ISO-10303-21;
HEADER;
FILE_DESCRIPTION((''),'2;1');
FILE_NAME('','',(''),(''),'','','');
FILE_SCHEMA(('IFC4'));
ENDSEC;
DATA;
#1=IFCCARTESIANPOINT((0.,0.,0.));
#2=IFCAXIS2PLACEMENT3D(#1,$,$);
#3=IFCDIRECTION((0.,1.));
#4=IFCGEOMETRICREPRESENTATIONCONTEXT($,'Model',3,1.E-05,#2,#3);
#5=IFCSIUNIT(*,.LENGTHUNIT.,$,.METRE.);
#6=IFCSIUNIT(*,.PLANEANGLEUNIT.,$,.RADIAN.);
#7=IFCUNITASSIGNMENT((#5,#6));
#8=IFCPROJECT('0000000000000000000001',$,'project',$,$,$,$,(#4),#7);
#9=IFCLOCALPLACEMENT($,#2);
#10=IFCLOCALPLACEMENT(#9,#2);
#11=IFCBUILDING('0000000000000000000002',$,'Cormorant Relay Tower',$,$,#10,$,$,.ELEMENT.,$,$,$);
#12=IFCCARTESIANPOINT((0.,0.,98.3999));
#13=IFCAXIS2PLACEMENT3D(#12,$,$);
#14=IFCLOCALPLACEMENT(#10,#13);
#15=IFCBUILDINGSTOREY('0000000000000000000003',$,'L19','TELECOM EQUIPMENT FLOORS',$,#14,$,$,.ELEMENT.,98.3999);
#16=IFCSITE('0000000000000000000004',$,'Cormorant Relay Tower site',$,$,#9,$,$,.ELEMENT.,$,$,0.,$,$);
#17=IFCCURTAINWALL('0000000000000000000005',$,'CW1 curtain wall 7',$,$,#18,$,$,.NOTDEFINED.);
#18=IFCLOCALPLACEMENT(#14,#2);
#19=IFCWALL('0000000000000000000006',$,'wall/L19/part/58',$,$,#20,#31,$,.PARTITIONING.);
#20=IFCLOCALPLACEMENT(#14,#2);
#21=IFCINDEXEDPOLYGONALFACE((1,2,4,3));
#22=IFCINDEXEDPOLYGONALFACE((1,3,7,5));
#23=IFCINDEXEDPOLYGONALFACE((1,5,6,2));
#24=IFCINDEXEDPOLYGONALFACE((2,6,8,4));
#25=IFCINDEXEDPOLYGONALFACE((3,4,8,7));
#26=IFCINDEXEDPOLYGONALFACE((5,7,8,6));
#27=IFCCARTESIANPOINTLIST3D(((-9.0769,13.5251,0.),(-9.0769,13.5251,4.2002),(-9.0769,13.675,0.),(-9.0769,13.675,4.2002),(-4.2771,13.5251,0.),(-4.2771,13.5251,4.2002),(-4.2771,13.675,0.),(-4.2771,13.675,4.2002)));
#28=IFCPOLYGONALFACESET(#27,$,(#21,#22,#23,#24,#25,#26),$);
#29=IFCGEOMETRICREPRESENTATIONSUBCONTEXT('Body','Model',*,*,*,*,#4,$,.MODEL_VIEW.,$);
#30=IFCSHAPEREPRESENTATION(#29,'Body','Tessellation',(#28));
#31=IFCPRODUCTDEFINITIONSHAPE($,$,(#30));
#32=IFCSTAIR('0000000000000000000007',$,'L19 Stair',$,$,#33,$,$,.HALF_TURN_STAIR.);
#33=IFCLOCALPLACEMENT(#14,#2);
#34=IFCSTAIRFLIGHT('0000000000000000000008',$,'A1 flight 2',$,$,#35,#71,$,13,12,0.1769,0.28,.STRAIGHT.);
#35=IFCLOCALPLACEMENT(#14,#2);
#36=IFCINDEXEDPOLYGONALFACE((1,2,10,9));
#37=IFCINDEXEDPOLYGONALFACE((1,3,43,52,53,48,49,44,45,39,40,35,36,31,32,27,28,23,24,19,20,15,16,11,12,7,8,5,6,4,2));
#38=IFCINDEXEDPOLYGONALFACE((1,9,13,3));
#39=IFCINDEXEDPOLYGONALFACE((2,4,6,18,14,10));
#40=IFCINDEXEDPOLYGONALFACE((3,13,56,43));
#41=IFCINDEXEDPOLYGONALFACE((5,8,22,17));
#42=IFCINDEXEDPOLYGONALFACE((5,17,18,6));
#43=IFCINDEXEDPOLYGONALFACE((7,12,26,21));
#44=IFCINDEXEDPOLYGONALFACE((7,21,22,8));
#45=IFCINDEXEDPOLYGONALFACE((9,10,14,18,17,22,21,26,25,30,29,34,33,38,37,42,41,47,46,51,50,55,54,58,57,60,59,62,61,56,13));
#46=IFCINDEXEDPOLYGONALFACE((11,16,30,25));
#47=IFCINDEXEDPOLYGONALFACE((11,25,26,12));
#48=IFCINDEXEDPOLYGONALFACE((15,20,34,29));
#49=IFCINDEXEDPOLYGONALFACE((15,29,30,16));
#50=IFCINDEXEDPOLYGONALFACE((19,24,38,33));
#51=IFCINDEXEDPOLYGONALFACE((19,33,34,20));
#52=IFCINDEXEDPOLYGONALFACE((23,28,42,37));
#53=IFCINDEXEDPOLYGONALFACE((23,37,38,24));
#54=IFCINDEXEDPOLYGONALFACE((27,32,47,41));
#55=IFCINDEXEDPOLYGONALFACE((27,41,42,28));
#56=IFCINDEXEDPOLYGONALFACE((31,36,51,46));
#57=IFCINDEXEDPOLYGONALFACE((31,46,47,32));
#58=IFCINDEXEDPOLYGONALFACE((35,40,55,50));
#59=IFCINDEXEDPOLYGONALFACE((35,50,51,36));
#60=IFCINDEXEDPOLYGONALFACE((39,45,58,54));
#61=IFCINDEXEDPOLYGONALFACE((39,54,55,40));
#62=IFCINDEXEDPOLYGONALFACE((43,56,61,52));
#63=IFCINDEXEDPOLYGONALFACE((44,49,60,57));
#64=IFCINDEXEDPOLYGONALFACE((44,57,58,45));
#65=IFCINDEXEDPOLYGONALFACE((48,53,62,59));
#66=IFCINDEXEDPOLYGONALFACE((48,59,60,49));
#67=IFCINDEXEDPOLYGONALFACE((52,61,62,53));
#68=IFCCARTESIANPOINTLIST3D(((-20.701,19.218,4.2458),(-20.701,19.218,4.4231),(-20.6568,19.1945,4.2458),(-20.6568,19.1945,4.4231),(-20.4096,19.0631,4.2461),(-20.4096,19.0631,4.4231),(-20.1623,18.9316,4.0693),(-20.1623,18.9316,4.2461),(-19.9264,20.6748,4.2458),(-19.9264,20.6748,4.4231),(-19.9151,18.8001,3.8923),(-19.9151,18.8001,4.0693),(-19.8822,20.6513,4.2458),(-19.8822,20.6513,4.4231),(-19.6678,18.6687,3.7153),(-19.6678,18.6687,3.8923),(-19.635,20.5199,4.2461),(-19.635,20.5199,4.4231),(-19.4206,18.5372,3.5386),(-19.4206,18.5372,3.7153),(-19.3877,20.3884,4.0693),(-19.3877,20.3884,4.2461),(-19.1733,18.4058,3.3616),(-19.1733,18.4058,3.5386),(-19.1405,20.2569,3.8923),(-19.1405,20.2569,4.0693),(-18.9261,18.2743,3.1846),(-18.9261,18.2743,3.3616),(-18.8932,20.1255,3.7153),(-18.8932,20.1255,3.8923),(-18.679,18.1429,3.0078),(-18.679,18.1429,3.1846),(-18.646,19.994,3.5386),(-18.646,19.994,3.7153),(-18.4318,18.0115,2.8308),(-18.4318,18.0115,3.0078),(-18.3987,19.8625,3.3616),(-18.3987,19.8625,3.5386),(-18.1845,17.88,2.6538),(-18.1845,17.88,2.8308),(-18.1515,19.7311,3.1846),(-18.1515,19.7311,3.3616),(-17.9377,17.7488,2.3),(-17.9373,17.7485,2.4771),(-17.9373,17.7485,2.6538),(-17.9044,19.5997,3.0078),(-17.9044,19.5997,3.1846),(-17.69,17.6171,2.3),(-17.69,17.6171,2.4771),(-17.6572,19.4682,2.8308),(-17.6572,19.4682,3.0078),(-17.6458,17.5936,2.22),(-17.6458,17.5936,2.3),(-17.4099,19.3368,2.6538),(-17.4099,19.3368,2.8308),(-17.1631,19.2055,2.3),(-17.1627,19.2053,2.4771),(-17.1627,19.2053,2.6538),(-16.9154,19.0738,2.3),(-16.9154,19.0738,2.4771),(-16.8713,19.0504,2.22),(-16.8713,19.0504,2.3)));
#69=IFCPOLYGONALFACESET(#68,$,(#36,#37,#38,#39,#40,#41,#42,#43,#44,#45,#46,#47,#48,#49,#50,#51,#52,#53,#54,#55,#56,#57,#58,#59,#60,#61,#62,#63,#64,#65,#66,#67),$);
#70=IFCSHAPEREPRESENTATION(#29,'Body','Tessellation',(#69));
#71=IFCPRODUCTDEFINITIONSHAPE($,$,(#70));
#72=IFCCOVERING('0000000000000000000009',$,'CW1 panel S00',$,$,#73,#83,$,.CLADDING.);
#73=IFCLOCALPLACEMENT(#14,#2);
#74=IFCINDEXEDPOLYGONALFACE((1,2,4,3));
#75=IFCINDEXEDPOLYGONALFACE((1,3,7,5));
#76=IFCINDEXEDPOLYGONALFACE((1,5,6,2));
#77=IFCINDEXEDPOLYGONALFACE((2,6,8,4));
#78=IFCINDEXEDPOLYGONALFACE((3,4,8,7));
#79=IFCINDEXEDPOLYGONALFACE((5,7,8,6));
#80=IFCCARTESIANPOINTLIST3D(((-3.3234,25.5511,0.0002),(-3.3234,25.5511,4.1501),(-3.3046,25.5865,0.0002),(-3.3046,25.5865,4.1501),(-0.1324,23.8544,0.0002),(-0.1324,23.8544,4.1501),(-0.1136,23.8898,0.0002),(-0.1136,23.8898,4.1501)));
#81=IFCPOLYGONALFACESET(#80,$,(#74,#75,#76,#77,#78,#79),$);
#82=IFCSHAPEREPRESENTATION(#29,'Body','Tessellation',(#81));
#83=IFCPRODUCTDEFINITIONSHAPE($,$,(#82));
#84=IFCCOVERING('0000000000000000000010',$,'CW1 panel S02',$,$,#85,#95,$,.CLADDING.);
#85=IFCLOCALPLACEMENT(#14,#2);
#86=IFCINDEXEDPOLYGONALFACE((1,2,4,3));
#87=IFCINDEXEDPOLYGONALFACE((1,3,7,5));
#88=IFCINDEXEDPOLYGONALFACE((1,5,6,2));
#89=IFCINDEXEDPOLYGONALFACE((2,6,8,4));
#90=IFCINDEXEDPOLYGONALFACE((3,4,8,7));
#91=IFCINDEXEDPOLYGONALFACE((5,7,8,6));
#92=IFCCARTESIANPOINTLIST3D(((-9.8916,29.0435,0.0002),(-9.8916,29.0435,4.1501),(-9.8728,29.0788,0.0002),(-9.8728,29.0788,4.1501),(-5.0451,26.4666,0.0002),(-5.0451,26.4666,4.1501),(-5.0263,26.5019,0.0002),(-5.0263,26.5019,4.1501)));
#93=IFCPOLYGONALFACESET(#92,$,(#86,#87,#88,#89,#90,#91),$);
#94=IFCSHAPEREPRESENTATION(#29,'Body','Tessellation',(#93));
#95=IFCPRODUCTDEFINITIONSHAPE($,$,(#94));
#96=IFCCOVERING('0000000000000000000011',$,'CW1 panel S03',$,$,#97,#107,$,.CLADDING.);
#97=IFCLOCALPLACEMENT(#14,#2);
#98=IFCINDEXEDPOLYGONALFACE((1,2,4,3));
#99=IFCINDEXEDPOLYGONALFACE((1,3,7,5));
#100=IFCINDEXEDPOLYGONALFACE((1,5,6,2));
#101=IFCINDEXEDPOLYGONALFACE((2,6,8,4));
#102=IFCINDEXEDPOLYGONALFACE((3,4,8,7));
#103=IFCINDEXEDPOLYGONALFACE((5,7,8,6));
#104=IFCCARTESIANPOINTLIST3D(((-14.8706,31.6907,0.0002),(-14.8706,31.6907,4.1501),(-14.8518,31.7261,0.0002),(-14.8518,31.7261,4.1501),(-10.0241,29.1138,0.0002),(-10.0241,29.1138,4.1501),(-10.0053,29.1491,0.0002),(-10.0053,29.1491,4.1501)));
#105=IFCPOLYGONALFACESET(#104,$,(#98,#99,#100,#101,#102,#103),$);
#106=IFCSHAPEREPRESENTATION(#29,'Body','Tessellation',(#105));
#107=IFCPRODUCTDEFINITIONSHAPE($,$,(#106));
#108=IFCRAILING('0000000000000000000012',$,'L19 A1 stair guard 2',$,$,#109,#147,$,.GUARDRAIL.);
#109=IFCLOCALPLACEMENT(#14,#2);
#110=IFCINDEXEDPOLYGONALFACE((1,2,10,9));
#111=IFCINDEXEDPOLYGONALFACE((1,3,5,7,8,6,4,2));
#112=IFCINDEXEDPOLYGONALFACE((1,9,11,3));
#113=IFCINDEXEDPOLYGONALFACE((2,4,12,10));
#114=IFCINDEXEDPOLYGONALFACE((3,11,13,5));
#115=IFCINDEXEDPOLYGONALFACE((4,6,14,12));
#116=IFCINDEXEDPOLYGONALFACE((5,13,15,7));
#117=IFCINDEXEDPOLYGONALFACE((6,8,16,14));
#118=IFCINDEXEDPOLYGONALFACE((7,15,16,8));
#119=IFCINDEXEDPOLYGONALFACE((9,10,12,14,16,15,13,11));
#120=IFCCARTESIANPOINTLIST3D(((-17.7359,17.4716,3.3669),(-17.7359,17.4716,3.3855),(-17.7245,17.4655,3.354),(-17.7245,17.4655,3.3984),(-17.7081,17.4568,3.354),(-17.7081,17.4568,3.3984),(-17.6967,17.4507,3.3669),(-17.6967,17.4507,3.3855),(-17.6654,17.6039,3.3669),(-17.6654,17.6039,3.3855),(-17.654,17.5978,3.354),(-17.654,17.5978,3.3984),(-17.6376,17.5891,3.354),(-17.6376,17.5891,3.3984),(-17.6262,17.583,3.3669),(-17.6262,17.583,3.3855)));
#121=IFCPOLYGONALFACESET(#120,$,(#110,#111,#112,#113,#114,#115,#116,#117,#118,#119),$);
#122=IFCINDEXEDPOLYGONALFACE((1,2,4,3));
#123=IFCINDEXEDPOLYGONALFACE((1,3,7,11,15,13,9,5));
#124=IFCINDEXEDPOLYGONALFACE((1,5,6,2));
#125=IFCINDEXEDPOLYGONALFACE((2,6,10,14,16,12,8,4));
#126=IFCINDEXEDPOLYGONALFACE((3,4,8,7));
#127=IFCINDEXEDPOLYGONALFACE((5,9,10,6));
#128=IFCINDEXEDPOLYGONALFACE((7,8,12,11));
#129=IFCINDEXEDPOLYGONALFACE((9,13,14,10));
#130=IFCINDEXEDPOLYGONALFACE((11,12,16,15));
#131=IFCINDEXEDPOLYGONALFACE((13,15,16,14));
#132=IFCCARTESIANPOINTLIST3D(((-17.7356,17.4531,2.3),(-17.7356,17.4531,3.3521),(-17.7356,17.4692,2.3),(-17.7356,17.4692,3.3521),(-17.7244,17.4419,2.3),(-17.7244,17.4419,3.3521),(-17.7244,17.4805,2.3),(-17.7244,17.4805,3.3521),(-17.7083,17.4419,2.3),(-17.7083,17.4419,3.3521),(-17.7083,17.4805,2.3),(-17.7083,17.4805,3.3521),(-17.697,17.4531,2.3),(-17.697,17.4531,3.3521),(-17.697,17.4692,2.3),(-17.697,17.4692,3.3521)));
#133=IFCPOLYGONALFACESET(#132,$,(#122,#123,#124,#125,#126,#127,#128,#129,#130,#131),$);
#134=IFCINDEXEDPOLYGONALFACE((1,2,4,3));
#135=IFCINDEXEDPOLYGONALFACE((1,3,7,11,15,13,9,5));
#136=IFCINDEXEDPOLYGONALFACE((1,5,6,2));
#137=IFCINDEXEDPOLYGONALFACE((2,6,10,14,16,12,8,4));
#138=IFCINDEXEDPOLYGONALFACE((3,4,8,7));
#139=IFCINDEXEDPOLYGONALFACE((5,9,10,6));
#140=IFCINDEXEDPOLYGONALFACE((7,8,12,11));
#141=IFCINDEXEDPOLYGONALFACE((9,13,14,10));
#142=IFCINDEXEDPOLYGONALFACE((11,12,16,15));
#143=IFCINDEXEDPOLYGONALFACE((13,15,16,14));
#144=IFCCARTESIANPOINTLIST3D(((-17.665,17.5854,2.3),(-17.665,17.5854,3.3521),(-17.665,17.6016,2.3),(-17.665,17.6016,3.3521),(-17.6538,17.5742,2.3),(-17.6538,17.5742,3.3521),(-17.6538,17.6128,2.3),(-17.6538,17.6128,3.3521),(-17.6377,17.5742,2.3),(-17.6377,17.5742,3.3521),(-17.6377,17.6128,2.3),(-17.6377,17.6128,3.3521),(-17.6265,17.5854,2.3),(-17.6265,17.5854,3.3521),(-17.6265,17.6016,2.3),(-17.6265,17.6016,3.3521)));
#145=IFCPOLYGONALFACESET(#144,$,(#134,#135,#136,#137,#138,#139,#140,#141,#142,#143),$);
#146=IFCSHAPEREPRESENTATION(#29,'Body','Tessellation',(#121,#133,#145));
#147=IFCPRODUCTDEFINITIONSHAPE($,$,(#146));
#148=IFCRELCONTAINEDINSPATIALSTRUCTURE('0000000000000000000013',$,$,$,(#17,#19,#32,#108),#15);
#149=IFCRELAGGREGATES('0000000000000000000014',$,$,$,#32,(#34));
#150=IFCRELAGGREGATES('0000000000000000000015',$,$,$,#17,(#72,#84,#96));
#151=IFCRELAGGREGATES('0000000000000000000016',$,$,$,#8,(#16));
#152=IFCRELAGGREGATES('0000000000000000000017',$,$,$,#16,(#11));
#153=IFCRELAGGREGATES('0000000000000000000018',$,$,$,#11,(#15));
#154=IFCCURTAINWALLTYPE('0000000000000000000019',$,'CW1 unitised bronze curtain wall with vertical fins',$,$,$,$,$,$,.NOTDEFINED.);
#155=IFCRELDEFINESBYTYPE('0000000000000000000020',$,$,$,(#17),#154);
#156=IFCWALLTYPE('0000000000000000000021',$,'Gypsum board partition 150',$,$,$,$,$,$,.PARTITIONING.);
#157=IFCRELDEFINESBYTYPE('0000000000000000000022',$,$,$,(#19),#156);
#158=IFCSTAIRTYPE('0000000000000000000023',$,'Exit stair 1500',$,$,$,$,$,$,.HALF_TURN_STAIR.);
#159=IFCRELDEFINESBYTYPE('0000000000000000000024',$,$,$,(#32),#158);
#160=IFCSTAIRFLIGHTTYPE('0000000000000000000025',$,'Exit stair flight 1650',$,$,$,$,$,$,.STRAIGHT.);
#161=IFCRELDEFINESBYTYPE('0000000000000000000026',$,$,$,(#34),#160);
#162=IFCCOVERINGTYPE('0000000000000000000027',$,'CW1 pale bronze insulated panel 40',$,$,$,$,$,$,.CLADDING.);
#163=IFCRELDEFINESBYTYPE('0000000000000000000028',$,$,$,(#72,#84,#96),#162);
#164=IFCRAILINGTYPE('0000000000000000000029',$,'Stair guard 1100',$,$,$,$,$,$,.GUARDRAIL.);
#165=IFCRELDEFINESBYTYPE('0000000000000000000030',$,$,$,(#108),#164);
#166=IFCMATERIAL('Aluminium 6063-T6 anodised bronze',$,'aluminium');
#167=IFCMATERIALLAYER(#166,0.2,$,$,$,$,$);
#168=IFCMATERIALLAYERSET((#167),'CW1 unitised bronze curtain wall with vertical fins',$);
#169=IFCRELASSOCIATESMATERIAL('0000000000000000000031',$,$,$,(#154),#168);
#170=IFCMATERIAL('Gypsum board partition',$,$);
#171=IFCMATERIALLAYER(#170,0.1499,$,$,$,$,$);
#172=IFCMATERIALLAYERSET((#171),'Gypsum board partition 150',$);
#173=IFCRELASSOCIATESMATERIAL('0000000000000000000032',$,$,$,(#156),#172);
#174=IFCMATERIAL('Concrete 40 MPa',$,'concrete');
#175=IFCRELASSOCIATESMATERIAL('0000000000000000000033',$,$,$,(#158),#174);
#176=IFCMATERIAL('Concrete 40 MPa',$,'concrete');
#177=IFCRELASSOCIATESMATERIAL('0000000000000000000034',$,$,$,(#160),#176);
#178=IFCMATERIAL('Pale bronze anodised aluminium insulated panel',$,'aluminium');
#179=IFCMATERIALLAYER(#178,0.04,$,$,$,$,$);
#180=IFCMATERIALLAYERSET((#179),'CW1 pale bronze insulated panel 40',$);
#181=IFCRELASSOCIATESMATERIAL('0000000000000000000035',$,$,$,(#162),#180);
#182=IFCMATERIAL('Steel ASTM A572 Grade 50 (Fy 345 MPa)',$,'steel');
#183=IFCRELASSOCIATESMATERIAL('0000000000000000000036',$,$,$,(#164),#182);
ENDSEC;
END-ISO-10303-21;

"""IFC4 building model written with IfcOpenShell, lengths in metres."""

from ifc_helpers import new_model, si_unit, direction, frame, frame_2d, origin, origin_2d, place, context, subcontext, project, spatial, polyline, rectangle, outline, extrude, material, layer, layer_set, type_object, element, aggregate, save


model = new_model("IFC4")

# Units and contexts
model_context = context("Model", 3, precision=1e-05, world=origin(), true_north=direction((0.0, 1.0)))
body_context = subcontext(model_context, "Body", "Model", "MODEL_VIEW")
ifc_project = project(units=[si_unit("LENGTHUNIT", "METRE"), si_unit("PLANEANGLEUNIT", "RADIAN")], contexts=[model_context])

# Site, building, storey
site_placement = place(None, origin())
site = spatial("IfcSite", under=ifc_project, at=site_placement, Name="Cormorant Relay Tower site", CompositionType="ELEMENT", RefElevation=0.0)
building_placement = place(site_placement, origin())
building = spatial("IfcBuilding", under=site, at=building_placement, Name="Cormorant Relay Tower", CompositionType="ELEMENT")
storey_placement = place(building_placement, frame((0.0, 0.0, 98.3999)))
storey = spatial("IfcBuildingStorey", under=building, at=storey_placement, Name="L19", Description="TELECOM EQUIPMENT FLOORS", CompositionType="ELEMENT", Elevation=98.3999)

# Curtain wall
ifc_material_1 = material(Name="Aluminium 6063-T6 anodised bronze", Category="aluminium")
ifc_layer_1 = layer(ifc_material_1, 0.2)
ifc_layer_set_1 = layer_set([ifc_layer_1], Name="CW1 unitised bronze curtain wall with vertical fins")
curtain_wall_type = type_object("IfcCurtainWallType", Name="CW1 unitised bronze curtain wall with vertical fins", PredefinedType="NOTDEFINED", material=ifc_layer_set_1)
curtain_wall_placement = place(storey_placement, origin())
curtain_wall = element("IfcCurtainWall", 1, at=curtain_wall_placement, inside=storey, type_object=curtain_wall_type, Name="CW1 curtain wall 7", PredefinedType="NOTDEFINED")

# Wall
ifc_material_2 = material(Name="Gypsum board partition")
ifc_layer_2 = layer(ifc_material_2, 0.1499)
ifc_layer_set_2 = layer_set([ifc_layer_2], Name="Gypsum board partition 150")
wall_type_1 = type_object("IfcWallType", Name="Gypsum board partition 150", PredefinedType="PARTITIONING", material=ifc_layer_set_2)
wall_1_placement = place(storey_placement, frame((-4.2771, 13.6001, 0.0), z_axis=(0.0, 0.0, 1.0), x_axis=(-1.0, 0.0, 0.0)))
element("IfcWall", 2, at=wall_1_placement, inside=storey, type_object=wall_type_1, Name="wall/L19/part/58", PredefinedType="PARTITIONING", context=body_context, shape_type="SweptSolid", body=[
    extrude(rectangle(XDim=4.7998, YDim=0.1499, at=frame_2d((2.3999, 0.0))), origin(), (0.0, 0.0, 1.0), 4.2002),
])

# Stair, stair flight
ifc_material_3 = material(Name="Concrete 40 MPa", Category="concrete")
stair_type = type_object("IfcStairType", Name="Exit stair 1500", PredefinedType="HALF_TURN_STAIR", material=ifc_material_3)
stair_placement = place(storey_placement, origin())
stair = element("IfcStair", 3, at=stair_placement, inside=storey, type_object=stair_type, Name="L19 Stair", PredefinedType="HALF_TURN_STAIR")
ifc_material_4 = material(Name="Concrete 40 MPa", Category="concrete")
stair_flight_type = type_object("IfcStairFlightType", Name="Exit stair flight 1650", PredefinedType="STRAIGHT", material=ifc_material_4)
stair_flight_placement = place(storey_placement, frame((-17.3027, 18.3455, 2.3), z_axis=(0.0, 0.0, 1.0), x_axis=(-0.882948, 0.469472, 0.0)))
stair_flight = element("IfcStairFlight", 4, at=stair_flight_placement, type_object=stair_flight_type, Name="A1 flight 2", NumberOfRisers=13, NumberOfTreads=12, PredefinedType="STRAIGHT", RiserHeight=0.1769, TreadLength=0.28, context=body_context, shape_type="SweptSolid", body=[
    extrude(outline(polyline([(-0.05, -0.0801), (-0.05, 0.0), (0.0, 0.0), (0.0, 0.177), (0.28, 0.177), (0.28, 0.3538), (0.5601, 0.3538), (0.5601, 0.5308), (0.8401, 0.5308), (0.8401, 0.7078), (1.1201, 0.7078), (1.1201, 0.8845), (1.3999, 0.8845), (1.3999, 1.0615), (1.6799, 1.0615), (1.6799, 1.2385), (1.96, 1.2385), (1.96, 1.4153), (2.24, 1.4153), (2.24, 1.5923), (2.52, 1.5923), (2.52, 1.7693), (2.8, 1.7693), (2.8, 1.946), (3.0801, 1.946), (3.0801, 2.123), (3.3601, 2.123), (3.4102, 2.123), (3.4102, 1.9458), (3.3601, 1.9458), (0.2805, 0.0), (-0.05, -0.0801)])), frame((0.0, 0.825, 0.0), z_axis=(0.0, -1.0, 0.0), x_axis=(1.0, 0.0, 0.0)), (0.0, 0.0, 1.0), 1.6499),
])
aggregate(stair, [stair_flight])

# Coverings
ifc_material_5 = material(Name="Pale bronze anodised aluminium insulated panel", Category="aluminium")
ifc_layer_3 = layer(ifc_material_5, 0.04)
ifc_layer_set_3 = layer_set([ifc_layer_3], Name="CW1 pale bronze insulated panel 40")
covering_type = type_object("IfcCoveringType", Name="CW1 pale bronze insulated panel 40", PredefinedType="CLADDING", material=ifc_layer_set_3)
covering_1_placement = place(storey_placement, frame((-1.7185, 24.7205, 0.0002), z_axis=(0.0, 0.0, 1.0), x_axis=(-0.882948, 0.469472, 0.0)))
covering_1 = element("IfcCovering", 5, at=covering_1_placement, type_object=covering_type, Name="CW1 panel S00", PredefinedType="CLADDING", context=body_context, shape_type="SweptSolid", body=[
    extrude(rectangle(XDim=3.614, YDim=0.04, at=origin_2d()), origin(), (0.0, 0.0, 1.0), 4.1499),
])
covering_2_placement = place(storey_placement, frame((-7.459, 27.7727, 0.0002), z_axis=(0.0, 0.0, 1.0), x_axis=(-0.882948, 0.469472, 0.0)))
covering_2 = element("IfcCovering", 6, at=covering_2_placement, type_object=covering_type, Name="CW1 panel S02", PredefinedType="CLADDING", context=body_context, shape_type="SweptSolid", body=[
    extrude(rectangle(XDim=5.489, YDim=0.04, at=origin_2d()), origin(), (0.0, 0.0, 1.0), 4.1499),
])
covering_3_placement = place(storey_placement, frame((-12.438, 30.4199, 0.0002), z_axis=(0.0, 0.0, 1.0), x_axis=(-0.882948, 0.469472, 0.0)))
covering_3 = element("IfcCovering", 7, at=covering_3_placement, type_object=covering_type, Name="CW1 panel S03", PredefinedType="CLADDING", context=body_context, shape_type="SweptSolid", body=[
    extrude(rectangle(XDim=5.489, YDim=0.04, at=origin_2d()), origin(), (0.0, 0.0, 1.0), 4.1499),
])
aggregate(curtain_wall, [covering_1, covering_2, covering_3])

# Railing
ifc_material_6 = material(Name="Steel ASTM A572 Grade 50 (Fy 345 MPa)", Category="steel")
railing_type_1 = type_object("IfcRailingType", Name="Stair guard 1100", PredefinedType="GUARDRAIL", material=ifc_material_6)
railing_1_placement = place(storey_placement, frame((-17.7163, 17.4612, 2.3)))
element("IfcRailing", 8, at=railing_1_placement, inside=storey, type_object=railing_type_1, Name="L19 A1 stair guard 2", PredefinedType="GUARDRAIL", context=body_context, shape_type="SweptSolid", body=[
    extrude(outline(polyline([(0.0222, 0.0093), (0.0093, 0.0222), (-0.0093, 0.0222), (-0.0222, 0.0093), (-0.0222, -0.0093), (-0.0093, -0.0222), (0.0093, -0.0222), (0.0222, -0.0093), (0.0222, 0.0093)])), frame((0.0, 0.0, 1.0762), z_axis=(0.470504, 0.882398, 0.0), x_axis=(-0.882398, 0.470504, 0.0)), (0.0, 0.0, 1.0), 0.1499),
    extrude(outline(polyline([(0.0193, 0.0081), (0.0081, 0.0193), (-0.0081, 0.0193), (-0.0193, 0.0081), (-0.0193, -0.0081), (-0.0081, -0.0193), (0.0081, -0.0193), (0.0193, -0.0081), (0.0193, 0.0081)])), origin(), (0.0, 0.0, 1.0), 1.052),
    extrude(outline(polyline([(0.0193, 0.0081), (0.0081, 0.0193), (-0.0081, 0.0193), (-0.0193, 0.0081), (-0.0193, -0.0081), (-0.0081, -0.0193), (0.0081, -0.0193), (0.0193, -0.0081), (0.0193, 0.0081)])), frame((0.0706, 0.1323, 0.0)), (0.0, 0.0, 1.0), 1.052),
])

save(model, "model.ifc")
